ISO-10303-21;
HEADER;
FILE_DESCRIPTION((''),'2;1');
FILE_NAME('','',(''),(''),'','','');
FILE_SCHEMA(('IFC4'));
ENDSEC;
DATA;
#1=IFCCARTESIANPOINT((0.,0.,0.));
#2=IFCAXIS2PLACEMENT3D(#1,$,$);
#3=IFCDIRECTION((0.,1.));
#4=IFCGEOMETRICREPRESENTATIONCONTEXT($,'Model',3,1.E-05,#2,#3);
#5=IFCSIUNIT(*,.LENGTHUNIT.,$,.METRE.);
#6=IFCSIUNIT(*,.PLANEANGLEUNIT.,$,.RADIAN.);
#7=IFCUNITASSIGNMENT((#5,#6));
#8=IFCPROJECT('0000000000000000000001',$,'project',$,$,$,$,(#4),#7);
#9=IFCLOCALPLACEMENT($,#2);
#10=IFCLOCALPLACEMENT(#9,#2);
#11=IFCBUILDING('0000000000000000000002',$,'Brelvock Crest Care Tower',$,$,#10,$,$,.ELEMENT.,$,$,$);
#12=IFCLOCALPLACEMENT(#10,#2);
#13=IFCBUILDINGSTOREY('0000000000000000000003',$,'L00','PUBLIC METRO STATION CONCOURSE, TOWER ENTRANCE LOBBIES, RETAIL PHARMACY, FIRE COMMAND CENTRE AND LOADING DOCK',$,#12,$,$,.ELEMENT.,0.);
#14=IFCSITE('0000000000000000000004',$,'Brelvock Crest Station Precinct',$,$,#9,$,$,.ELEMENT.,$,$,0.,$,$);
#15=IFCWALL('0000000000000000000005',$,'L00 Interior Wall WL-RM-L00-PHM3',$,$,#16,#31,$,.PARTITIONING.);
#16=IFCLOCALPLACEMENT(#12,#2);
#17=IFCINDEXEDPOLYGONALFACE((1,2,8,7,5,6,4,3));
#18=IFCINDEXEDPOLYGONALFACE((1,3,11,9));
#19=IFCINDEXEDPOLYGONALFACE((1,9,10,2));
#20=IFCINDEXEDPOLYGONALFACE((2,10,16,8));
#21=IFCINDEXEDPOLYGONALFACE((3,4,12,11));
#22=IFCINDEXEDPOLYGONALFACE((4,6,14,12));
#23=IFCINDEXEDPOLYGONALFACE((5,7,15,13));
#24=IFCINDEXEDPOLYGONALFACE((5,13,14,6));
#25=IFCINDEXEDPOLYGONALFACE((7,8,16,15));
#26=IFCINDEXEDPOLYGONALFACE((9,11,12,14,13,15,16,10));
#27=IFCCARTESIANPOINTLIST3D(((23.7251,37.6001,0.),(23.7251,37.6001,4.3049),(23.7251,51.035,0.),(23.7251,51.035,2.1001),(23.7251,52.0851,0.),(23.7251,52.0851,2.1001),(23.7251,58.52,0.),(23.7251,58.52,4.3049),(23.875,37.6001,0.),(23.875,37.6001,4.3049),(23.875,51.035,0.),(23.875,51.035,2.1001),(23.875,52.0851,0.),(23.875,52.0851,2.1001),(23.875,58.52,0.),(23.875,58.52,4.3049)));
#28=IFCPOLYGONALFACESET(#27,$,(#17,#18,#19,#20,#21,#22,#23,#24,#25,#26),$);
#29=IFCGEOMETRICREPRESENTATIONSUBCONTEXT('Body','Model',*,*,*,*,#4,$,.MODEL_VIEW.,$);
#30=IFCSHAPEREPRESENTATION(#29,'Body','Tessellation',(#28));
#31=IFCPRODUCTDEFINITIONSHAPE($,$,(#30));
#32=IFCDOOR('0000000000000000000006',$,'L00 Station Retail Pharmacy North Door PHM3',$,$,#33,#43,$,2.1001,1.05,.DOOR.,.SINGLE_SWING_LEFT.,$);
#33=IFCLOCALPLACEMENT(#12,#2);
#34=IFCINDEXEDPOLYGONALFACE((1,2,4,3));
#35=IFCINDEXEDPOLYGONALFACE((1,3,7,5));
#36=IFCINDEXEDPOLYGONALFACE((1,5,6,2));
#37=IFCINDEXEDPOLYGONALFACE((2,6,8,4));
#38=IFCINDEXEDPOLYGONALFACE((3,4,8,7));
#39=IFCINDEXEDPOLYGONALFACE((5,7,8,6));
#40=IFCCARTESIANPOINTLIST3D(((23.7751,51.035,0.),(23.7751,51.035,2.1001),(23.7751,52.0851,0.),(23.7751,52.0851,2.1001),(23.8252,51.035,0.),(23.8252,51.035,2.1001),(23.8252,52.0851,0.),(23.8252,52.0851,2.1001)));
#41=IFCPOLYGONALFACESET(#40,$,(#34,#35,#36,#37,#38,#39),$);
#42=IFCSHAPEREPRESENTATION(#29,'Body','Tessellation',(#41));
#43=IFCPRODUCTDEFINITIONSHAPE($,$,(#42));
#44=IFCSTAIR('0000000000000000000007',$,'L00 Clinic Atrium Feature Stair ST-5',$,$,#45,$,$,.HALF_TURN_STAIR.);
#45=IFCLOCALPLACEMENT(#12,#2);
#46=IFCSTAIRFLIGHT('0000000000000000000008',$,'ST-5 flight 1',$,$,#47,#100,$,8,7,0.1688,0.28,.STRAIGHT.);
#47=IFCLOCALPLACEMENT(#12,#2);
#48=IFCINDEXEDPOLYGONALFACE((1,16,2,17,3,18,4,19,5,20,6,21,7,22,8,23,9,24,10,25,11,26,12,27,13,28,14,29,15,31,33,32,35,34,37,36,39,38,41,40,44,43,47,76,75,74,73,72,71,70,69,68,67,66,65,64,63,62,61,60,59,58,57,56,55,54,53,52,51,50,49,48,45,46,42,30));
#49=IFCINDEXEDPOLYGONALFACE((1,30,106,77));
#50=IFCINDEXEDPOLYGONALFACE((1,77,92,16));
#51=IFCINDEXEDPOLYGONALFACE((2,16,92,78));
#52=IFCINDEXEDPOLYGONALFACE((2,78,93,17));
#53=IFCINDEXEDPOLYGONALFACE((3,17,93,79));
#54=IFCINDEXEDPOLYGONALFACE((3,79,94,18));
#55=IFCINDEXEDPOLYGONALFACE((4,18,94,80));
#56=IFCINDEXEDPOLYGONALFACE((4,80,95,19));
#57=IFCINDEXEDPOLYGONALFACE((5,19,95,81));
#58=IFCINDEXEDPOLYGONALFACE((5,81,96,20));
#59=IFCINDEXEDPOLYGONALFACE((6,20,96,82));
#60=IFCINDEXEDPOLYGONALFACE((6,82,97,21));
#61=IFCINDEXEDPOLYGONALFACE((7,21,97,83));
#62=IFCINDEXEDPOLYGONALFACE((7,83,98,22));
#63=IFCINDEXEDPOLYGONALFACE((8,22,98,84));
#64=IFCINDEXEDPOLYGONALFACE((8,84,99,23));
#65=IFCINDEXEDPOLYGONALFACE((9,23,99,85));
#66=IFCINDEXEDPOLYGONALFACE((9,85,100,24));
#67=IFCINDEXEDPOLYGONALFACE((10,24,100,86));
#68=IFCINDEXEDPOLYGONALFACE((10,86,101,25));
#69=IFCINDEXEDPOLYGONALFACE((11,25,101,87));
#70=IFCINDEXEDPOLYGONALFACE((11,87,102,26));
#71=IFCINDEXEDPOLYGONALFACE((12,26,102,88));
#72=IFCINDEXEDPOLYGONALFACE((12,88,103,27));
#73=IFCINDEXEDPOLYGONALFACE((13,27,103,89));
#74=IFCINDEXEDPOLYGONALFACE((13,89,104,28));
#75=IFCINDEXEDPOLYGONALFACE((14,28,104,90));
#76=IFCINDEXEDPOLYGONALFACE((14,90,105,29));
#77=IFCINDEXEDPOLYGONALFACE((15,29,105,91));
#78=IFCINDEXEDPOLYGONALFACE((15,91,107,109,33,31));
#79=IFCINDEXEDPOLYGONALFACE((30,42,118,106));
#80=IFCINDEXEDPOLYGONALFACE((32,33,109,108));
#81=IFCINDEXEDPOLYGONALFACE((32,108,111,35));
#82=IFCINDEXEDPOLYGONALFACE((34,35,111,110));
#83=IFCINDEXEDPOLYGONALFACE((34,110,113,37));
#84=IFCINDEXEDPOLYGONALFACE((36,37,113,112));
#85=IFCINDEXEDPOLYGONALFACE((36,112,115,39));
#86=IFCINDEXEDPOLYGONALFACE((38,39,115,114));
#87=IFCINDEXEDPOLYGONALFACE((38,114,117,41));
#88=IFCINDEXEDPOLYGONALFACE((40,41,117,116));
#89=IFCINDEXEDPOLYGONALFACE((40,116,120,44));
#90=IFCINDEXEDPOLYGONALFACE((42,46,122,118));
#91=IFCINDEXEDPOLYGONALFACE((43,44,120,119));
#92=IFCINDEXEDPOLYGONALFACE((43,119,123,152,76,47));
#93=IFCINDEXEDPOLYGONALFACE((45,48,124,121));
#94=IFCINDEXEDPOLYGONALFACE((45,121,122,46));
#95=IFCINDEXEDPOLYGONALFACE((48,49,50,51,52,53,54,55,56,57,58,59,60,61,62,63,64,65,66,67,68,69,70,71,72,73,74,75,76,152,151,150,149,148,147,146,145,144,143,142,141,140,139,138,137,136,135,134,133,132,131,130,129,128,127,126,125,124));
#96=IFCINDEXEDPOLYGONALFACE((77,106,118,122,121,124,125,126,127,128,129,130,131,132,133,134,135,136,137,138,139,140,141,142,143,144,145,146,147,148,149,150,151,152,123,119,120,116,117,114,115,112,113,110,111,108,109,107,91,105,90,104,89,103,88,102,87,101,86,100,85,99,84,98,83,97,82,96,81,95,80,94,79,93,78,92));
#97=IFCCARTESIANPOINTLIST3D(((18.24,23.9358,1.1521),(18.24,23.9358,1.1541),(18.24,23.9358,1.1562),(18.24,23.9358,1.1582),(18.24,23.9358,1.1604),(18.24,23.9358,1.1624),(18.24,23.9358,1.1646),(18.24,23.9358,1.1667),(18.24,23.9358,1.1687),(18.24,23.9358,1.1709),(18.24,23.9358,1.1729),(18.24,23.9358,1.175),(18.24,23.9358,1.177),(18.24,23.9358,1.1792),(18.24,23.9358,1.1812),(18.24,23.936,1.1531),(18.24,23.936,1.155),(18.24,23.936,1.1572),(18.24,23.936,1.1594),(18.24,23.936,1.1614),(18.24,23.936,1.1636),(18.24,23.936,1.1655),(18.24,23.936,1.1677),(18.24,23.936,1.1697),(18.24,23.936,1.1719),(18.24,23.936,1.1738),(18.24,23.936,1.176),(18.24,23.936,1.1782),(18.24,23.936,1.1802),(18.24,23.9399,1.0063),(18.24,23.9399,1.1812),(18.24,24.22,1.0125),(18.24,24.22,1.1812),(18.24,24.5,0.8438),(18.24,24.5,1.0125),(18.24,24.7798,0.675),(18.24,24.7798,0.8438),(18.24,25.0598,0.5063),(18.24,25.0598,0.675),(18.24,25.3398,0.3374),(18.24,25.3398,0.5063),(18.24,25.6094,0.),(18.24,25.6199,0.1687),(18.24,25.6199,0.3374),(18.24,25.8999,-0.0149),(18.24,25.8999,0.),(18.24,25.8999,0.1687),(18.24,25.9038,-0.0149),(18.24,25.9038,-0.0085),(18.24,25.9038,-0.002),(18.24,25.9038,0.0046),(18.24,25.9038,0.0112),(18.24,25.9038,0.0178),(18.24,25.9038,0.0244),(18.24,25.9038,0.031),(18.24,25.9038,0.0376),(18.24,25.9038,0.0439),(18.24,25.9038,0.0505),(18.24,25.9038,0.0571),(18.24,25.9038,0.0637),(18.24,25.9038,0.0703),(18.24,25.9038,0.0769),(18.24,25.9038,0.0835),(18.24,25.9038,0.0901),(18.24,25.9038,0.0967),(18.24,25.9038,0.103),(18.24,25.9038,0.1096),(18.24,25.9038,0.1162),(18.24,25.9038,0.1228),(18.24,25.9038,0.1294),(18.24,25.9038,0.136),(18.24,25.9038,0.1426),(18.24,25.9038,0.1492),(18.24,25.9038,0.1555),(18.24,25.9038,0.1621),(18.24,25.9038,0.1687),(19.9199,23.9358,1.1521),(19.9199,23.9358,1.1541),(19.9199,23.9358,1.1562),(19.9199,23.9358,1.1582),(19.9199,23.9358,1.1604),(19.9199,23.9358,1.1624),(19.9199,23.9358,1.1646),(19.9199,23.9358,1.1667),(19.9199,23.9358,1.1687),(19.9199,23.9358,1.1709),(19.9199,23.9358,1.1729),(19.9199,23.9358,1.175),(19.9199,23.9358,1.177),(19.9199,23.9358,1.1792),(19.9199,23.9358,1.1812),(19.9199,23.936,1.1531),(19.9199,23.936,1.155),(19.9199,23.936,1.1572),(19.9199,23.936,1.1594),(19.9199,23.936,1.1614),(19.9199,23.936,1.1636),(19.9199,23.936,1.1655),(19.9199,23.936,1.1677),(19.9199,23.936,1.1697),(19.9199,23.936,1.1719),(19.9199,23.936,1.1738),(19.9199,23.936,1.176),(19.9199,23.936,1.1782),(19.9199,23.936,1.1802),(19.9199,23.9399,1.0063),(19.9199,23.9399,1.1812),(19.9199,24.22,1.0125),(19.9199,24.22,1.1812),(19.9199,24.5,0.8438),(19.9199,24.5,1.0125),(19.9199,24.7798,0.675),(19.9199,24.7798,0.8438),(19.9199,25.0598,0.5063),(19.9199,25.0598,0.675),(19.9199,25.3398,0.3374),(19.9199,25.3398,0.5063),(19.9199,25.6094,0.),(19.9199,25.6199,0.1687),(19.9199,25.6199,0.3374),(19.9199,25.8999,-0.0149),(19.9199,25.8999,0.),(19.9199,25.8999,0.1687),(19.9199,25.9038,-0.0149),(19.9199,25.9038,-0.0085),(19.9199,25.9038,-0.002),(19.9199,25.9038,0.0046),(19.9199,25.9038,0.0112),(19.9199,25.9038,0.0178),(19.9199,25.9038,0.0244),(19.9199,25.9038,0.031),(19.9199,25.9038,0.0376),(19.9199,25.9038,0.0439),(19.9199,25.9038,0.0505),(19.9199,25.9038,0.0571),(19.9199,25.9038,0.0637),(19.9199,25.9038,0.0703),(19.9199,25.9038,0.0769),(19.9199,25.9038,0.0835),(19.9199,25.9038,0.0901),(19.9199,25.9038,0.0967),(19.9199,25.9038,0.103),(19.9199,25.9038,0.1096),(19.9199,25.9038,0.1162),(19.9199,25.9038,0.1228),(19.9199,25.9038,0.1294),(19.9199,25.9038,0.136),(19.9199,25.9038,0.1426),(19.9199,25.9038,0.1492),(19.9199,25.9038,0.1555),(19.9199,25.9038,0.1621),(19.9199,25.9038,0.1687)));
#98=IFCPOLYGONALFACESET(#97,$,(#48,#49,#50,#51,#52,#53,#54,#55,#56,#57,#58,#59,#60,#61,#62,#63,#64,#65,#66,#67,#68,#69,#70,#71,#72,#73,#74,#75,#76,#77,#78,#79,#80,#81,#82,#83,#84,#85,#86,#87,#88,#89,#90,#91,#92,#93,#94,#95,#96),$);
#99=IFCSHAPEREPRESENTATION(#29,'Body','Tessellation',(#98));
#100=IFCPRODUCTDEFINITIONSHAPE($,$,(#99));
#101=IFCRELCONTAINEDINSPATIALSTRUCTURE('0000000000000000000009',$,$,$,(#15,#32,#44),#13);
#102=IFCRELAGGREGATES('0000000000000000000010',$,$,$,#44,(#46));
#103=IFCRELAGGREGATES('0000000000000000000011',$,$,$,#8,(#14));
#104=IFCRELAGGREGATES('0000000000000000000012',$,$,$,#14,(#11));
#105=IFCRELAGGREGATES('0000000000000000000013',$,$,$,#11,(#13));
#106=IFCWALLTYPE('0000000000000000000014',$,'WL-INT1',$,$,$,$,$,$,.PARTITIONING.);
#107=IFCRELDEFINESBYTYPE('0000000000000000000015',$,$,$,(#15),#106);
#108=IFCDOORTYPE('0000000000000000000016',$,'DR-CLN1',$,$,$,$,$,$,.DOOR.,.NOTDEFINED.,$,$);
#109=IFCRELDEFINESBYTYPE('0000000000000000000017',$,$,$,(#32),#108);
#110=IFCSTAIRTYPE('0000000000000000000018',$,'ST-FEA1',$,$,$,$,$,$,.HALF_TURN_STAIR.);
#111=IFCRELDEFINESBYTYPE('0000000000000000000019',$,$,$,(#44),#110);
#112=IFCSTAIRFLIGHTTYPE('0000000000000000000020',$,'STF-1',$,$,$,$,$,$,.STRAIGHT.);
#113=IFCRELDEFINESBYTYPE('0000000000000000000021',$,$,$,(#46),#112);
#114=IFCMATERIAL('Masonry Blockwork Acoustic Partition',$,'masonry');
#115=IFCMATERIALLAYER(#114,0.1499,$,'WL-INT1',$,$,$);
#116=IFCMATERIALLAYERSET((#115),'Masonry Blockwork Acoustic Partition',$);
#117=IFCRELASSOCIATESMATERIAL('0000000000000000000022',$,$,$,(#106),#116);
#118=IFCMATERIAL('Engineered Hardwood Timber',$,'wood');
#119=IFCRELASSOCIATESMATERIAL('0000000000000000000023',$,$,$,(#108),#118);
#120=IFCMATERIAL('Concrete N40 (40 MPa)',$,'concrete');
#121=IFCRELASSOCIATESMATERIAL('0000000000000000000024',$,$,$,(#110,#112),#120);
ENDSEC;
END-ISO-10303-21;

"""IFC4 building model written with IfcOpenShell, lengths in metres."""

from ifc_helpers import new_model, si_unit, direction, frame, frame_2d, origin, origin_2d, place, context, subcontext, project, spatial, polyline, rectangle, outline, extrude, source, transform, mapped, material, layer, layer_set, type_object, element, fill, aggregate, save


model = new_model("IFC4")

# Units and contexts
model_context = context("Model", 3, precision=1e-05, world=origin(), true_north=direction((0.0, 1.0)))
body_context = subcontext(model_context, "Body", "Model", "MODEL_VIEW")
ifc_project = project(units=[si_unit("LENGTHUNIT", "METRE"), si_unit("PLANEANGLEUNIT", "RADIAN")], contexts=[model_context])

# Site, building, storey
site_placement = place(None, origin())
site = spatial("IfcSite", under=ifc_project, at=site_placement, Name="Brelvock Crest Station Precinct", CompositionType="ELEMENT", RefElevation=0.0)
building_placement = place(site_placement, origin())
building = spatial("IfcBuilding", under=site, at=building_placement, Name="Brelvock Crest Care Tower", CompositionType="ELEMENT")
storey_placement = place(building_placement, origin())
storey = spatial("IfcBuildingStorey", under=building, at=storey_placement, Name="L00", Description="PUBLIC METRO STATION CONCOURSE, TOWER ENTRANCE LOBBIES, RETAIL PHARMACY, FIRE COMMAND CENTRE AND LOADING DOCK", CompositionType="ELEMENT", Elevation=0.0)

# Shared definitions
ifc_material_1 = material(Name="Masonry Blockwork Acoustic Partition", Category="masonry")
ifc_layer_1 = layer(ifc_material_1, 0.1499, Name="WL-INT1")
ifc_layer_set_1 = layer_set([ifc_layer_1], Name="Masonry Blockwork Acoustic Partition")
wall_type = type_object("IfcWallType", Name="WL-INT1", PredefinedType="PARTITIONING", material=ifc_layer_set_1)

# Wall, opening, door
wall_1_placement = place(storey_placement, frame((23.8, 37.6001, 0.0), z_axis=(0.0, 0.0, 1.0), x_axis=(0.0, 1.0, 0.0)))
wall_1 = element("IfcWall", 1, at=wall_1_placement, inside=storey, type_object=wall_type, Name="L00 Interior Wall WL-RM-L00-PHM3", PredefinedType="PARTITIONING", context=body_context, shape_type="SweptSolid", body=[
    extrude(rectangle(XDim=20.9199, YDim=0.1499, at=frame_2d((10.46, 0.0))), origin(), (0.0, 0.0, 1.0), 4.3049),
])
opening_placement = place(wall_1_placement, frame((13.4351, 0.0, 0.0)))
opening = element("IfcOpeningElement", 2, at=opening_placement, cuts=wall_1, PredefinedType="OPENING", context=body_context, shape_type="SweptSolid", body=[
    extrude(rectangle(XDim=1.05, YDim=2.1001, at=origin_2d()), frame((0.5249, 0.085, 1.05), z_axis=(0.0, -1.0, 0.0), x_axis=(1.0, 0.0, 0.0)), (0.0, 0.0, 1.0), 0.1699),
])
ifc_material_2 = material(Name="Engineered Hardwood Timber", Category="wood")
door_type = type_object("IfcDoorType", Name="DR-CLN1", OperationType="NOTDEFINED", PredefinedType="DOOR", material=ifc_material_2)
shared_shape_1 = source(origin(), body_context, "Body", "SweptSolid", [
    extrude(rectangle(XDim=1.05, YDim=2.1001, at=origin_2d()), frame((0.5249, 0.0249, 1.05), z_axis=(0.0, -1.0, 0.0), x_axis=(1.0, 0.0, 0.0)), (0.0, 0.0, 1.0), 0.05),
])
door_placement = place(opening_placement, origin())
door = element("IfcDoor", 3, at=door_placement, inside=storey, type_object=door_type, Name="L00 Station Retail Pharmacy North Door PHM3", OperationType="SINGLE_SWING_LEFT", OverallHeight=2.1001, OverallWidth=1.05, PredefinedType="DOOR", context=body_context, shape_type="MappedRepresentation", body=[
    mapped(shared_shape_1, transform((0.0, 0.0, 0.0), x_axis=(1.0, 0.0, 0.0), y_axis=(0.0, 1.0, 0.0), z_axis=(0.0, 0.0, 1.0), scale=1.0)),
])
fill(opening, door)

# Stair, stair flight
ifc_material_3 = material(Name="Concrete N40 (40 MPa)", Category="concrete")
stair_type = type_object("IfcStairType", Name="ST-FEA1", PredefinedType="HALF_TURN_STAIR", material=ifc_material_3)
stair_placement = place(storey_placement, origin())
stair = element("IfcStair", 4, at=stair_placement, inside=storey, type_object=stair_type, Name="L00 Clinic Atrium Feature Stair ST-5", PredefinedType="HALF_TURN_STAIR")
stair_flight_type = type_object("IfcStairFlightType", Name="STF-1", PredefinedType="STRAIGHT", material=ifc_material_3)
stair_flight_1_placement = place(storey_placement, frame((19.0801, 25.8999, 0.0), z_axis=(0.0, 0.0, 1.0), x_axis=(0.0, -1.0, 0.0)))
stair_flight_1 = element("IfcStairFlight", 5, at=stair_flight_1_placement, type_object=stair_flight_type, Name="ST-5 flight 1", NumberOfRisers=8, NumberOfTreads=7, PredefinedType="STRAIGHT", RiserHeight=0.1688, TreadLength=0.28, context=body_context, shape_type="SweptSolid", body=[
    extrude(outline(polyline([(-0.0039, -0.0149), (-0.0039, -0.0085), (-0.0039, -0.002), (-0.0039, 0.0046), (-0.0039, 0.0112), (-0.0039, 0.0178), (-0.0039, 0.0244), (-0.0039, 0.031), (-0.0039, 0.0376), (-0.0039, 0.0439), (-0.0039, 0.0505), (-0.0039, 0.0571), (-0.0039, 0.0637), (-0.0039, 0.0703), (-0.0039, 0.0769), (-0.0039, 0.0835), (-0.0039, 0.0901), (-0.0039, 0.0967), (-0.0039, 0.103), (-0.0039, 0.1096), (-0.0039, 0.1162), (-0.0039, 0.1228), (-0.0039, 0.1294), (-0.0039, 0.136), (-0.0039, 0.1426), (-0.0039, 0.1492), (-0.0039, 0.1555), (-0.0039, 0.1621), (-0.0039, 0.1687), (0.0, 0.1687), (0.28, 0.1687), (0.28, 0.3374), (0.5601, 0.3374), (0.5601, 0.5063), (0.8401, 0.5063), (0.8401, 0.675), (1.1201, 0.675), (1.1201, 0.8438), (1.3999, 0.8438), (1.3999, 1.0125), (1.6799, 1.0125), (1.6799, 1.1812), (1.96, 1.1812), (1.9641, 1.1812), (1.9639, 1.1802), (1.9641, 1.1792), (1.9639, 1.1782), (1.9641, 1.177), (1.9639, 1.176), (1.9641, 1.175), (1.9639, 1.1738), (1.9641, 1.1729), (1.9639, 1.1719), (1.9641, 1.1709), (1.9639, 1.1697), (1.9641, 1.1687), (1.9639, 1.1677), (1.9641, 1.1667), (1.9639, 1.1655), (1.9641, 1.1646), (1.9639, 1.1636), (1.9641, 1.1624), (1.9639, 1.1614), (1.9641, 1.1604), (1.9639, 1.1594), (1.9641, 1.1582), (1.9639, 1.1572), (1.9641, 1.1562), (1.9639, 1.155), (1.9641, 1.1541), (1.9639, 1.1531), (1.9641, 1.1521), (1.96, 1.0063), (0.2905, 0.0), (0.0, 0.0), (0.0, -0.0149), (-0.0039, -0.0149)])), frame((0.0, 0.8398, 0.0), z_axis=(0.0, -1.0, 0.0), x_axis=(1.0, 0.0, 0.0)), (0.0, 0.0, 1.0), 1.6799),
])
aggregate(stair, [stair_flight_1])

save(model, "model.ifc")
